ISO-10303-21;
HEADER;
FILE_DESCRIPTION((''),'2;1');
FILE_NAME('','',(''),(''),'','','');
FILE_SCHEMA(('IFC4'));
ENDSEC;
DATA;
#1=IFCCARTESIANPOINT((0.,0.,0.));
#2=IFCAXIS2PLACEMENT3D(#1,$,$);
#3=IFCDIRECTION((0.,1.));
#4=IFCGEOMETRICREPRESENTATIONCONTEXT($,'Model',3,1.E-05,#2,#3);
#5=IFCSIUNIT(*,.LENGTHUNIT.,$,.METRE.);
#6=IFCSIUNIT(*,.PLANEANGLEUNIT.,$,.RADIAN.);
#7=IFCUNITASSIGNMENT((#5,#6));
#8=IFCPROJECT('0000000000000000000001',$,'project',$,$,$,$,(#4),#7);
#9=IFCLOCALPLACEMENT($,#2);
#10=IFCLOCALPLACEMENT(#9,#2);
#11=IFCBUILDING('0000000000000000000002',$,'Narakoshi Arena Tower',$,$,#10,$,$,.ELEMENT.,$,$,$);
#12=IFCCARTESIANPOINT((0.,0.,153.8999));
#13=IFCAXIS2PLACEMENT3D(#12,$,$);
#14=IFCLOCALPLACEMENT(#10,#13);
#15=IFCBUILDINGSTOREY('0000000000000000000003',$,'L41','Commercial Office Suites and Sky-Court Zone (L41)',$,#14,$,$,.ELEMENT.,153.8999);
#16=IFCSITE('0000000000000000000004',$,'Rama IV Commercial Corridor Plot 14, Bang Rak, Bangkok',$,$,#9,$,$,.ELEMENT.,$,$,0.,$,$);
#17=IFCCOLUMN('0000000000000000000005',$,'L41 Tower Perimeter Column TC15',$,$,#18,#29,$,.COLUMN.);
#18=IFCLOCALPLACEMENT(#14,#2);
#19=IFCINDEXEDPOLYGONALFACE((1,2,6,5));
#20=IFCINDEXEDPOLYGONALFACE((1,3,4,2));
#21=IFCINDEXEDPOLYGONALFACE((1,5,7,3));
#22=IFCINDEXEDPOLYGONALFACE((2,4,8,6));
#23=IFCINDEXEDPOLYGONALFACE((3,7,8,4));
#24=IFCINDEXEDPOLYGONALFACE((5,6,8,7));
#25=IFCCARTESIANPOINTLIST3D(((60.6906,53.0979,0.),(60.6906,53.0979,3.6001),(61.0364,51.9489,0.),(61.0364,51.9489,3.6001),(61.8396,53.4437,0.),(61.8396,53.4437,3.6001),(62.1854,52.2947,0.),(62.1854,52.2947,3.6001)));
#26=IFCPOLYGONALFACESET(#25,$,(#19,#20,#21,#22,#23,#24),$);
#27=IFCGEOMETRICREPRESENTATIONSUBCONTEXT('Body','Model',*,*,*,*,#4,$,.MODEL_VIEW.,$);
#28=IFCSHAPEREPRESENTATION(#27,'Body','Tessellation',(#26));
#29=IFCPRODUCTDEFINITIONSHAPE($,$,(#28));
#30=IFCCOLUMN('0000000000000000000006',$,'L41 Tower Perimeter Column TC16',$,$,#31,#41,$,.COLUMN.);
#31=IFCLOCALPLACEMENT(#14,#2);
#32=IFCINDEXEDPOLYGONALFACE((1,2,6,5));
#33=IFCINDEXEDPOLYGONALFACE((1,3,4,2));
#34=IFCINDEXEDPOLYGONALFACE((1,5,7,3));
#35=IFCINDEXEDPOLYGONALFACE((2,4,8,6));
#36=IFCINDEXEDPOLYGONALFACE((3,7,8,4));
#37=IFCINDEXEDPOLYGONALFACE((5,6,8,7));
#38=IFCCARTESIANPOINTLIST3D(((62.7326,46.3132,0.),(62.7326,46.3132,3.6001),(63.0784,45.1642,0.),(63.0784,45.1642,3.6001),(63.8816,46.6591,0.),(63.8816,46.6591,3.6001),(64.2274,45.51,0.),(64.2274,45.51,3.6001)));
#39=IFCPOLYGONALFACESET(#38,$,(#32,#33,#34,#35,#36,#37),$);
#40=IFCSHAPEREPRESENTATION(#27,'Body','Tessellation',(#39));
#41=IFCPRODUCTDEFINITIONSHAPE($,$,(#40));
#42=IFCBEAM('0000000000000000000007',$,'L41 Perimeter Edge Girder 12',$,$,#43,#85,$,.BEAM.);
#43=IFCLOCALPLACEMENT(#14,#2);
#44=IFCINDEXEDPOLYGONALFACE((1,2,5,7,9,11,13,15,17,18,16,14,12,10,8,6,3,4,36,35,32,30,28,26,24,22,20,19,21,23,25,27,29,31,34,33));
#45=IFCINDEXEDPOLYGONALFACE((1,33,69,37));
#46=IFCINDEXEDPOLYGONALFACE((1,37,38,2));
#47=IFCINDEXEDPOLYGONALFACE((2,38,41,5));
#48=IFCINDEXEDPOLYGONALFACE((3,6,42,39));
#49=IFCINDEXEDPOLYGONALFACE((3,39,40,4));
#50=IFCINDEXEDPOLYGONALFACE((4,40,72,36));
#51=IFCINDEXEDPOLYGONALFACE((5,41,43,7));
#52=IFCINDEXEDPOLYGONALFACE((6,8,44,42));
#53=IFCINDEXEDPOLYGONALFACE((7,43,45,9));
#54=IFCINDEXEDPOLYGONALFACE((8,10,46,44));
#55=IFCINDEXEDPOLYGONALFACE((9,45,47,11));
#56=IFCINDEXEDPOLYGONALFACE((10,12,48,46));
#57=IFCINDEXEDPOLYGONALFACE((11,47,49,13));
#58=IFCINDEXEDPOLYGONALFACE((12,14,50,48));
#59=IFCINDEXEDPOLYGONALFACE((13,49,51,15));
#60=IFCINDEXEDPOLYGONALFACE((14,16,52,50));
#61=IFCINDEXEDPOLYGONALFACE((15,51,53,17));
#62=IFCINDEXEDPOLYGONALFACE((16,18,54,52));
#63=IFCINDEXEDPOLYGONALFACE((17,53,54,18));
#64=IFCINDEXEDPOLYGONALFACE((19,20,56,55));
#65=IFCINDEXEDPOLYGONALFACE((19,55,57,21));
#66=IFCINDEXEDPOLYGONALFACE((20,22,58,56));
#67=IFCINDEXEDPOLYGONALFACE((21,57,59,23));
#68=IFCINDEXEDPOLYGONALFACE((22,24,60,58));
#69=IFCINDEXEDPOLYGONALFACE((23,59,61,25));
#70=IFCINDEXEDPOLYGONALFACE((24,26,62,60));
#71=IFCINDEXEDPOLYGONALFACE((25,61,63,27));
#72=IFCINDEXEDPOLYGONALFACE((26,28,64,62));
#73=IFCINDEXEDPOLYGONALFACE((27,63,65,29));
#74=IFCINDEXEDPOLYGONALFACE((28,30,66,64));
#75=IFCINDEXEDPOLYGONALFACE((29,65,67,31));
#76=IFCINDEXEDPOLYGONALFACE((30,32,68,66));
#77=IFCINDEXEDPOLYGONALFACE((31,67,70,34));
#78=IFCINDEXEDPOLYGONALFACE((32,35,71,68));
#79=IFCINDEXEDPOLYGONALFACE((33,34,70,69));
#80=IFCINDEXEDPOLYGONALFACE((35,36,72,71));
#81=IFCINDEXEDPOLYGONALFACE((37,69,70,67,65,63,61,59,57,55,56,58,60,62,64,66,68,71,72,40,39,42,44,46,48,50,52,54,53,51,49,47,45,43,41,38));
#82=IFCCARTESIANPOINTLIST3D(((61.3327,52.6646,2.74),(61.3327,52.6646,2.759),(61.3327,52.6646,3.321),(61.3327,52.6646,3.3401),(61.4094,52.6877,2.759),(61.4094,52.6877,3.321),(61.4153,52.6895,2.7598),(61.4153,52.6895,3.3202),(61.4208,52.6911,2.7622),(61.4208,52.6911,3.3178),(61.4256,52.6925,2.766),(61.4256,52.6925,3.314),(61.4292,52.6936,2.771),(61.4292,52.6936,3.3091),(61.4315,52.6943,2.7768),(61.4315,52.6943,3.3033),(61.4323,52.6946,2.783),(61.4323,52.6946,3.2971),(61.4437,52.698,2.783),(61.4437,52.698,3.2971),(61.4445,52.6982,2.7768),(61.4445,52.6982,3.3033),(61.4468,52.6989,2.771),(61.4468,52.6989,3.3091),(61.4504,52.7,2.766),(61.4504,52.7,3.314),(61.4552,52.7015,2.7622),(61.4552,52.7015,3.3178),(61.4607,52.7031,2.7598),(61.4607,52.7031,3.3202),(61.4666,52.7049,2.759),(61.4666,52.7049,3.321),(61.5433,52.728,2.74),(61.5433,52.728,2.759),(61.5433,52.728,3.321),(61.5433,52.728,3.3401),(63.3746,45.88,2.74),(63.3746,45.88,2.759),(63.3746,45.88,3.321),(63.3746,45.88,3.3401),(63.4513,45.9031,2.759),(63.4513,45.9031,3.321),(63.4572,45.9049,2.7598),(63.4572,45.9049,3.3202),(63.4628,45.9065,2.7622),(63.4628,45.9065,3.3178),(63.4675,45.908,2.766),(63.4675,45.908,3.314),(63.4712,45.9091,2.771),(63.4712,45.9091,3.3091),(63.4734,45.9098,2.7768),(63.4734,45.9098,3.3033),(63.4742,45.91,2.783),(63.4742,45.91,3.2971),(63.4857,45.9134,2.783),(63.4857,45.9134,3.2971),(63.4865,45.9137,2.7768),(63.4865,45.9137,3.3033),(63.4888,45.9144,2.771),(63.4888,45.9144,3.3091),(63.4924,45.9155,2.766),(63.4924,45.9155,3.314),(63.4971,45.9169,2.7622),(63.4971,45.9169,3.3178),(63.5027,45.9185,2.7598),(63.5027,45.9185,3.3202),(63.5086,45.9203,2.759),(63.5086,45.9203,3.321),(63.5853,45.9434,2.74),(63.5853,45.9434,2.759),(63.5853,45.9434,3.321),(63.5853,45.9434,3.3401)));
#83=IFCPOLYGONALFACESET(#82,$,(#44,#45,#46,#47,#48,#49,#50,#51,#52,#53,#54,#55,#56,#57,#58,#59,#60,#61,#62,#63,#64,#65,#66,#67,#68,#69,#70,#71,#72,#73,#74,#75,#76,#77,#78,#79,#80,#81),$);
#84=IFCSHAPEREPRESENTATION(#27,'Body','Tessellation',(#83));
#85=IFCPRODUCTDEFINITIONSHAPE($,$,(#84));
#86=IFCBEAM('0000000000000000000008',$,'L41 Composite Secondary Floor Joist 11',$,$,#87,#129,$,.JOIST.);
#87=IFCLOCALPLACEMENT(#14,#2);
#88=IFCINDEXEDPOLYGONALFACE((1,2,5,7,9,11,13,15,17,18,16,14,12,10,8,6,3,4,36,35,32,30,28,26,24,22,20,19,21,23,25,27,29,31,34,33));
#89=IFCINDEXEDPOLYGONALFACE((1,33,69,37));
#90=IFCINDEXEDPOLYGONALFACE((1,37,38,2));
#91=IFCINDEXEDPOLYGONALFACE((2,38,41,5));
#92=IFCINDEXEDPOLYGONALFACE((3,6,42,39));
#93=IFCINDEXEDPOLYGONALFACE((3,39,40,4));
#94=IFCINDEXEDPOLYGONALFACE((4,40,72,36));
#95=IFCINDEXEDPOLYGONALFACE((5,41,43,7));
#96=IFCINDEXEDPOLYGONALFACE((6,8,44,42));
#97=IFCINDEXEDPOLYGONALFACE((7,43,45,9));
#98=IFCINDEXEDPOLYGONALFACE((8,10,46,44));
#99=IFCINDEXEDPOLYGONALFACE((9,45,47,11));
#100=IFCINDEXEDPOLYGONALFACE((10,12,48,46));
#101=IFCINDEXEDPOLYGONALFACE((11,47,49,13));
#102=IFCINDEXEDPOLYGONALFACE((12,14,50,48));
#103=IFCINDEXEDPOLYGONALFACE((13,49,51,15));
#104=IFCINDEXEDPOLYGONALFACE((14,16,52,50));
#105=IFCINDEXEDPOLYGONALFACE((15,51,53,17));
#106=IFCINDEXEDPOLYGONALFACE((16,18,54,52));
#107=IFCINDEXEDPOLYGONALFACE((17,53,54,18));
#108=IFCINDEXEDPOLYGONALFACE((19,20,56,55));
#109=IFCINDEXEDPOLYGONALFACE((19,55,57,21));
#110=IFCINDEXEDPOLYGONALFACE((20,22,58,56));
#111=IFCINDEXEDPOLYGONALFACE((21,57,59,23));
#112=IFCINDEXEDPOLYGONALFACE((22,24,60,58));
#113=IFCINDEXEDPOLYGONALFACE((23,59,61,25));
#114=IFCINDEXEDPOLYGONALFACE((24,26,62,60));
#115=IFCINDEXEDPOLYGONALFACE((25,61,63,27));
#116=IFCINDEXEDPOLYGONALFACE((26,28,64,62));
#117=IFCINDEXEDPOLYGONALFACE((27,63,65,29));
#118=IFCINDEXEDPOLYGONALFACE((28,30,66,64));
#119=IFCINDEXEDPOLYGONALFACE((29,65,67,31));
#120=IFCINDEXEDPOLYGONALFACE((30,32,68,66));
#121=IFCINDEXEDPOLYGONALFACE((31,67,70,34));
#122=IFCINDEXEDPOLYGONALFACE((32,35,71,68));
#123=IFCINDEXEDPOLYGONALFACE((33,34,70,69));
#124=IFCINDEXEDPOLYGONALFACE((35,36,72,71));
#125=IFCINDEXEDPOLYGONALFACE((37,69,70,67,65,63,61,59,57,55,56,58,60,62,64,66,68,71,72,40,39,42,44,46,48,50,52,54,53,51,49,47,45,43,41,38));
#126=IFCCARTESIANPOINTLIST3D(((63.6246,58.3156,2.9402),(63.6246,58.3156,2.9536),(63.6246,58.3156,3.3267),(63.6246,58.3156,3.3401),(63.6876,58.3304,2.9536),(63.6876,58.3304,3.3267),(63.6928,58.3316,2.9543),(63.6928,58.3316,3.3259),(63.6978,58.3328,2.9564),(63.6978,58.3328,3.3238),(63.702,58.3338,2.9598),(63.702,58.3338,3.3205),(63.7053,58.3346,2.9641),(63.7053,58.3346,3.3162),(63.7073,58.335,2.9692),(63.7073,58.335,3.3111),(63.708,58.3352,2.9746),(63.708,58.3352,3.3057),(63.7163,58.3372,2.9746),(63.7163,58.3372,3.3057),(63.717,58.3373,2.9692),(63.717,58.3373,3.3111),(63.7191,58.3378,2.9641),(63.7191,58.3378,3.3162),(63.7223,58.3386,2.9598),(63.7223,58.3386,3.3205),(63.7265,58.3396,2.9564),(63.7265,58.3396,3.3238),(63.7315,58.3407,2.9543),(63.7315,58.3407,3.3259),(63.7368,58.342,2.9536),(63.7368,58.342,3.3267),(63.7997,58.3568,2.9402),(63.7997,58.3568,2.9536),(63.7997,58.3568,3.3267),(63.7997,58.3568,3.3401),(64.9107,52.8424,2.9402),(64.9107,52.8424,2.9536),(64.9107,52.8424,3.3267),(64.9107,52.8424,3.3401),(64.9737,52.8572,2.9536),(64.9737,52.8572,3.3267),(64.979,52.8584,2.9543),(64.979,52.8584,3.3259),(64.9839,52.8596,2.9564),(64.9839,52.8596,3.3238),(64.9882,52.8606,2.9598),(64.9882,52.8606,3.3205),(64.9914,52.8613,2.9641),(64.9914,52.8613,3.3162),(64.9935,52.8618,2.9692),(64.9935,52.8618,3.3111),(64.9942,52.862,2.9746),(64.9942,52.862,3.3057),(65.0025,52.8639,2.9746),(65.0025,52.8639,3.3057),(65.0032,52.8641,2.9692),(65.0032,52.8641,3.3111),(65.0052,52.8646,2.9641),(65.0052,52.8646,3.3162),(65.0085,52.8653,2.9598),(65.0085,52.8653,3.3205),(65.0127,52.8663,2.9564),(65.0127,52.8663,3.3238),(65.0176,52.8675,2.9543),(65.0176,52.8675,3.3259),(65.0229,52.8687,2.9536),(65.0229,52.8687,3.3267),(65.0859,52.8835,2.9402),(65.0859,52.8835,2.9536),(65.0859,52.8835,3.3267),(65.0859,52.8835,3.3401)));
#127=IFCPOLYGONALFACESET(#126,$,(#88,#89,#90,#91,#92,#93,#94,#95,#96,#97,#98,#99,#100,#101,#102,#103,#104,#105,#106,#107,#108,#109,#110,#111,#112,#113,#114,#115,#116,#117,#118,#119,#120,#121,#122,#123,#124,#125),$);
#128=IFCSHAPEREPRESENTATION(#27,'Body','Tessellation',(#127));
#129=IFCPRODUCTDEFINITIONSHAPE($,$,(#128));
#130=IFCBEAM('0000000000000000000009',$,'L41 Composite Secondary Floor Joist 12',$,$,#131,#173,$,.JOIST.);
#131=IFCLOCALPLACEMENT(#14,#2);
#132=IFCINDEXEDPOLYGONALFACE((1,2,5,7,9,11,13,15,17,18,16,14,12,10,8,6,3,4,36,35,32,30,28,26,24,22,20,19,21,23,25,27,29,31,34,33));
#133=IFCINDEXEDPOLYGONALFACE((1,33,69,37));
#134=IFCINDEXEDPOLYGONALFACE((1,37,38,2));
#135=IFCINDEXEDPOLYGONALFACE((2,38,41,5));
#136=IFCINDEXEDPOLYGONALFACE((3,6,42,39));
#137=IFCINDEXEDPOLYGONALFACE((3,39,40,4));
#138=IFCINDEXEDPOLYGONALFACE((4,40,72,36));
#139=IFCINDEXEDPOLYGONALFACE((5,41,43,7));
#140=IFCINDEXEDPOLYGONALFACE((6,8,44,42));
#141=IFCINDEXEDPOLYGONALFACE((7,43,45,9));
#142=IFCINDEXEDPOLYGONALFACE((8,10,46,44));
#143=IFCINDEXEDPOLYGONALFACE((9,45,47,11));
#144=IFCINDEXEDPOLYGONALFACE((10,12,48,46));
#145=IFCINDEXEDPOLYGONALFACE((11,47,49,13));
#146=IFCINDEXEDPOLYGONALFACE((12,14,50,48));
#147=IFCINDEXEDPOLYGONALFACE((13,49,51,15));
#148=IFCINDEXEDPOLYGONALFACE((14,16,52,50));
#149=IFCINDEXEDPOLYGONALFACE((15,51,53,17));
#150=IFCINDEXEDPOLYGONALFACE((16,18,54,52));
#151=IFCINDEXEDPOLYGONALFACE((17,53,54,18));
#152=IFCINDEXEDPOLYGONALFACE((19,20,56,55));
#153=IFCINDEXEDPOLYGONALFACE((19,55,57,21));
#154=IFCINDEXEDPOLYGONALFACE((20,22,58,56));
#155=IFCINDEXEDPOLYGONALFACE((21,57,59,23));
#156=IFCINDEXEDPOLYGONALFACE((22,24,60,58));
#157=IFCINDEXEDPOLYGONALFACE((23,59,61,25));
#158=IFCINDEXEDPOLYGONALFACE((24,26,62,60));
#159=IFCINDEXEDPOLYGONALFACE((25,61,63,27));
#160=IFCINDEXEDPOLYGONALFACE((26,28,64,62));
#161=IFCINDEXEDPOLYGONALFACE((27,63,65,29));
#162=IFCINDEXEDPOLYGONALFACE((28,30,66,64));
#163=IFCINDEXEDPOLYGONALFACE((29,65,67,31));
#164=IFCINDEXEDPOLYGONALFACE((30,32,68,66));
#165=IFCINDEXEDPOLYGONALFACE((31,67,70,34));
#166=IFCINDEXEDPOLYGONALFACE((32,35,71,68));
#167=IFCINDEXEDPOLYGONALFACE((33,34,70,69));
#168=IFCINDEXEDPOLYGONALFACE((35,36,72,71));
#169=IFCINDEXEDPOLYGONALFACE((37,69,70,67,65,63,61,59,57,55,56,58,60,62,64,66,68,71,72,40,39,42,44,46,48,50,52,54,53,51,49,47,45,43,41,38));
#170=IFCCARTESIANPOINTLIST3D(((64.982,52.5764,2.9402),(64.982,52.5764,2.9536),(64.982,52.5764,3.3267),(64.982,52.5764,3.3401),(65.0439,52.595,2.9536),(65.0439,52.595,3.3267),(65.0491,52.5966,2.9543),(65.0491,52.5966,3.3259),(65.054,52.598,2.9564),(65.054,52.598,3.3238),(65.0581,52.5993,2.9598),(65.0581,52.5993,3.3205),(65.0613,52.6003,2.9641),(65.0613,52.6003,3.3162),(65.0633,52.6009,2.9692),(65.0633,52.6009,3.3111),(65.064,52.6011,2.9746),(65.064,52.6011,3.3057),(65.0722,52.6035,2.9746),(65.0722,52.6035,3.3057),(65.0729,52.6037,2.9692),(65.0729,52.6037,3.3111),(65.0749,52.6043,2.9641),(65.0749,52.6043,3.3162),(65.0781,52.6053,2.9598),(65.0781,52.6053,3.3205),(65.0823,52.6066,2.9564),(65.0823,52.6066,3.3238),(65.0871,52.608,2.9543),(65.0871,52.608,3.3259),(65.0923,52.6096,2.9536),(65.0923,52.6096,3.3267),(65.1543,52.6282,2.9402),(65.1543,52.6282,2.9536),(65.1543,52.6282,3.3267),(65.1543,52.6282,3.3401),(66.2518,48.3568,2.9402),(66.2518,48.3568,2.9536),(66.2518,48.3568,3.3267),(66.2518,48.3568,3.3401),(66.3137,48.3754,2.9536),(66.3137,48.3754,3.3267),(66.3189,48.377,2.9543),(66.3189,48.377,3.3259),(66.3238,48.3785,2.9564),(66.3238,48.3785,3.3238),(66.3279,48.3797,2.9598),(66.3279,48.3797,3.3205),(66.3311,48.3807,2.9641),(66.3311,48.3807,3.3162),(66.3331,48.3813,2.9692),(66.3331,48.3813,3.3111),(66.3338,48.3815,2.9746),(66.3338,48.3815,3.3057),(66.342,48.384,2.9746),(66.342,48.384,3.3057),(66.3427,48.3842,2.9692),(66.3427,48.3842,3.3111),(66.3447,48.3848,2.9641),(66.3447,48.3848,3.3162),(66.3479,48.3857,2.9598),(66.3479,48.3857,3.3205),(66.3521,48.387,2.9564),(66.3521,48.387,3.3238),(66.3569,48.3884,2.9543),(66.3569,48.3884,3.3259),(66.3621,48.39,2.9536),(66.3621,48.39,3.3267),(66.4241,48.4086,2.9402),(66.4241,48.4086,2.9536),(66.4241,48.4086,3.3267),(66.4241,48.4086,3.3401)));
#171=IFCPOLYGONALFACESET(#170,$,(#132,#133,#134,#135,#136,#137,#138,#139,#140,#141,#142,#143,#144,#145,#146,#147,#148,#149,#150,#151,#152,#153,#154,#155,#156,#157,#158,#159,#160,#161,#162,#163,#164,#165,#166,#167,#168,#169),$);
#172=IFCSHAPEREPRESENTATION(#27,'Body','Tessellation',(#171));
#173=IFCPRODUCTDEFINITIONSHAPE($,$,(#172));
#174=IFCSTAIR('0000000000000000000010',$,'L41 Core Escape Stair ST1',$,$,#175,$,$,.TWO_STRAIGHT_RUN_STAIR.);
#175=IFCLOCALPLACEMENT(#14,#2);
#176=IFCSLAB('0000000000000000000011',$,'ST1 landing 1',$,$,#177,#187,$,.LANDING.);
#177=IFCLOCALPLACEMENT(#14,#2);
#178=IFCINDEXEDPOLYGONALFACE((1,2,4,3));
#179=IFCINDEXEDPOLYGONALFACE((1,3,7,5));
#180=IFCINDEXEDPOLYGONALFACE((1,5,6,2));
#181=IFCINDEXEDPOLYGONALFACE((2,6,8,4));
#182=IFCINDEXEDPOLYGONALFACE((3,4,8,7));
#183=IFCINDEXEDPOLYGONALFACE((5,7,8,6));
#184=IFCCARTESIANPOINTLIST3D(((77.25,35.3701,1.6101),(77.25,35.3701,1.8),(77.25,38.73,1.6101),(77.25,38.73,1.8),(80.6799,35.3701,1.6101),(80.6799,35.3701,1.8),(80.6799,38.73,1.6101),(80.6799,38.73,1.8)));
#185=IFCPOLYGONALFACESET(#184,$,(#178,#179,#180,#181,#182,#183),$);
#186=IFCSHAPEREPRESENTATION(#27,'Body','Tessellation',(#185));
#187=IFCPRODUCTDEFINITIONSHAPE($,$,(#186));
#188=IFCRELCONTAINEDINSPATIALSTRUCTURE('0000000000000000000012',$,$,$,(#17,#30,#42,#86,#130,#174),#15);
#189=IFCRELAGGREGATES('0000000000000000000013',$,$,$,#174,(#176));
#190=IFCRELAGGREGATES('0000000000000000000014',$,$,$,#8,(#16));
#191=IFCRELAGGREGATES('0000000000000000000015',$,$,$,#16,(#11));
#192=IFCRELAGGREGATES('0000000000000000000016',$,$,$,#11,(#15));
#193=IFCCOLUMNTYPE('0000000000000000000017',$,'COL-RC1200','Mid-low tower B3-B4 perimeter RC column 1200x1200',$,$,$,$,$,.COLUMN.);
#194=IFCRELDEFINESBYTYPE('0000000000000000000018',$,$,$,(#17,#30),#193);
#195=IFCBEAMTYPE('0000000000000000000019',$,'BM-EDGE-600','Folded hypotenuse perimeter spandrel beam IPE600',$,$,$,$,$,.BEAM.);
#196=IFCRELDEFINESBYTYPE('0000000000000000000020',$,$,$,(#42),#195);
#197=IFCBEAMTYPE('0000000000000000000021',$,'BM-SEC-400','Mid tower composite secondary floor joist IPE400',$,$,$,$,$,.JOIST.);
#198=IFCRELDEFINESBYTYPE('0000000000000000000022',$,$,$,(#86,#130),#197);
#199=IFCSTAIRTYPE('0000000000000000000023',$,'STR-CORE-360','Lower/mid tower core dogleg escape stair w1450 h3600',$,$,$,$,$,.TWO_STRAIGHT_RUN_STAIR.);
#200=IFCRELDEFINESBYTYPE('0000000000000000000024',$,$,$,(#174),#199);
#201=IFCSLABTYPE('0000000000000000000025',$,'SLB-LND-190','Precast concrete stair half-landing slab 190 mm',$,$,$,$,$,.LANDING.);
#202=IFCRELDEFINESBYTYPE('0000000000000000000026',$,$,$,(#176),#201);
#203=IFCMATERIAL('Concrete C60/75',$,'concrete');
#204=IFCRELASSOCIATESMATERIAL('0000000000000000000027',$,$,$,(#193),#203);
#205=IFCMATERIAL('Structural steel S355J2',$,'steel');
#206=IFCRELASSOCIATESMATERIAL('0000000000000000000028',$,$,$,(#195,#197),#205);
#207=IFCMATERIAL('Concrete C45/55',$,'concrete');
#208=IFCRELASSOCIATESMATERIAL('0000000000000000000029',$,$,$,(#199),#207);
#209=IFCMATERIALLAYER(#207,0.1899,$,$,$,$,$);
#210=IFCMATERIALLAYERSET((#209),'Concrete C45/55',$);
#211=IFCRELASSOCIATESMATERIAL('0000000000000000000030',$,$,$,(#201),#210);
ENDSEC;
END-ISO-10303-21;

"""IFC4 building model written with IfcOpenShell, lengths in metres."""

from ifc_helpers import new_model, si_unit, direction, frame, origin, origin_2d, place, context, subcontext, project, spatial, polyline, rectangle, i_section, outline, extrude, material, layer, layer_set, material_profile, profile_set, type_object, element, aggregate, save


model = new_model("IFC4")

# Units and contexts
model_context = context("Model", 3, precision=1e-05, world=origin(), true_north=direction((0.0, 1.0)))
body_context = subcontext(model_context, "Body", "Model", "MODEL_VIEW")
ifc_project = project(units=[si_unit("LENGTHUNIT", "METRE"), si_unit("PLANEANGLEUNIT", "RADIAN")], contexts=[model_context])

# Site, building, storey
site_placement = place(None, origin())
site = spatial("IfcSite", under=ifc_project, at=site_placement, Name="Rama IV Commercial Corridor Plot 14, Bang Rak, Bangkok", CompositionType="ELEMENT", RefElevation=0.0)
building_placement = place(site_placement, origin())
building = spatial("IfcBuilding", under=site, at=building_placement, Name="Narakoshi Arena Tower", CompositionType="ELEMENT")
storey_placement = place(building_placement, frame((0.0, 0.0, 153.8999)))
storey = spatial("IfcBuildingStorey", under=building, at=storey_placement, Name="L41", Description="Commercial Office Suites and Sky-Court Zone (L41)", CompositionType="ELEMENT", Elevation=153.8999)

# Columns
ifc_material_1 = material(Name="Concrete C60/75", Category="concrete")
ifc_material_profile_1 = material_profile(ifc_material_1, rectangle(XDim=1.2, YDim=1.2, at=origin_2d()), Name="RC1200x1200")
ifc_profile_set_1 = profile_set([ifc_material_profile_1], Name="Concrete C60/75")
column_type = type_object("IfcColumnType", Name="COL-RC1200", Description="Mid-low tower B3-B4 perimeter RC column 1200x1200", PredefinedType="COLUMN", material=ifc_profile_set_1)
for number, where, z_axis, x_axis, name in (
    (1, (61.438, 52.6963, 0.0), (0.0, 0.0, 1.0), (-0.288196, 0.957571, 0.0), "L41 Tower Perimeter Column TC15"),
    (2, (63.48, 45.9116, 0.0), (0.0, 0.0, 1.0), (-0.288196, 0.957571, 0.0), "L41 Tower Perimeter Column TC16"),
):
    element("IfcColumn", number, at=place(storey_placement, frame(where, z_axis=z_axis, x_axis=x_axis)), inside=storey, type_object=column_type, Name=name, PredefinedType="COLUMN", context=body_context, shape_type="SweptSolid", body=[
        extrude(rectangle(XDim=1.2, YDim=1.2, at=origin_2d()), origin(), (0.0, 0.0, 1.0), 3.6001),
    ])

# Beams
ifc_material_2 = material(Name="Structural steel S355J2", Category="steel")
ifc_material_profile_2 = material_profile(ifc_material_2, i_section(OverallWidth=0.22, OverallDepth=0.6001, WebThickness=0.012, FlangeThickness=0.019, FilletRadius=0.0239, at=origin_2d()), Name="IPE600")
ifc_profile_set_2 = profile_set([ifc_material_profile_2], Name="Structural steel S355J2")
beam_type_1 = type_object("IfcBeamType", Name="BM-EDGE-600", Description="Folded hypotenuse perimeter spandrel beam IPE600", PredefinedType="BEAM", material=ifc_profile_set_2)
beam_1_placement = place(storey_placement, frame((61.438, 52.6963, 3.04), z_axis=(0.288201, -0.95757, 0.0), x_axis=(0.95757, 0.288201, 0.0)))
element("IfcBeam", 3, at=beam_1_placement, inside=storey, type_object=beam_type_1, Name="L41 Perimeter Edge Girder 12", PredefinedType="BEAM", context=body_context, shape_type="SweptSolid", body=[
    extrude(i_section(OverallWidth=0.22, OverallDepth=0.6001, WebThickness=0.012, FlangeThickness=0.019, FilletRadius=0.0239, at=origin_2d()), origin(), (0.0, 0.0, 1.0), 7.0852),
])
ifc_material_profile_3 = material_profile(ifc_material_2, i_section(OverallWidth=0.1799, OverallDepth=0.3999, WebThickness=0.0085, FlangeThickness=0.0134, FilletRadius=0.021, at=origin_2d()), Name="IPE400")
ifc_profile_set_3 = profile_set([ifc_material_profile_3], Name="Structural steel S355J2")
beam_type_2 = type_object("IfcBeamType", Name="BM-SEC-400", Description="Mid tower composite secondary floor joist IPE400", PredefinedType="JOIST", material=ifc_profile_set_3)
beam_2_placement = place(storey_placement, frame((63.7122, 58.3362, 3.1401), z_axis=(0.228759, -0.973483, 0.0), x_axis=(0.973483, 0.228759, 0.0)))
element("IfcBeam", 4, at=beam_2_placement, inside=storey, type_object=beam_type_2, Name="L41 Composite Secondary Floor Joist 11", PredefinedType="JOIST", context=body_context, shape_type="SweptSolid", body=[
    extrude(i_section(OverallWidth=0.1799, OverallDepth=0.3999, WebThickness=0.0085, FlangeThickness=0.0134, FilletRadius=0.021, at=origin_2d()), origin(), (0.0, 0.0, 1.0), 5.6223),
])
beam_3_placement = place(storey_placement, frame((65.0681, 52.6023, 3.1401), z_axis=(0.288166, -0.95758, 0.0), x_axis=(0.95758, 0.288166, 0.0)))
element("IfcBeam", 5, at=beam_3_placement, inside=storey, type_object=beam_type_2, Name="L41 Composite Secondary Floor Joist 12", PredefinedType="JOIST", context=body_context, shape_type="SweptSolid", body=[
    extrude(i_section(OverallWidth=0.1799, OverallDepth=0.3999, WebThickness=0.0085, FlangeThickness=0.0134, FilletRadius=0.021, at=origin_2d()), origin(), (0.0, 0.0, 1.0), 4.4065),
])

# Stair, slab
ifc_material_3 = material(Name="Concrete C45/55", Category="concrete")
stair_type = type_object("IfcStairType", Name="STR-CORE-360", Description="Lower/mid tower core dogleg escape stair w1450 h3600", PredefinedType="TWO_STRAIGHT_RUN_STAIR", material=ifc_material_3)
stair_1_placement = place(storey_placement, origin())
stair_1 = element("IfcStair", 6, at=stair_1_placement, inside=storey, type_object=stair_type, Name="L41 Core Escape Stair ST1", PredefinedType="TWO_STRAIGHT_RUN_STAIR")
ifc_layer_1 = layer(ifc_material_3, 0.1899)
ifc_layer_set_1 = layer_set([ifc_layer_1], Name="Concrete C45/55")
slab_type_1 = type_object("IfcSlabType", Name="SLB-LND-190", Description="Precast concrete stair half-landing slab 190 mm", PredefinedType="LANDING", material=ifc_layer_set_1)
slab_1_placement = place(storey_placement, frame((0.0, 0.0, 1.6101)))
slab_1 = element("IfcSlab", 7, at=slab_1_placement, type_object=slab_type_1, Name="ST1 landing 1", PredefinedType="LANDING", context=body_context, shape_type="SweptSolid", body=[
    extrude(outline(polyline([(77.25, 35.3701), (80.6799, 35.3701), (80.6799, 38.73), (77.25, 38.73), (77.25, 35.3701)])), origin(), (0.0, 0.0, 1.0), 0.1899),
])
aggregate(stair_1, [slab_1])

save(model, "model.ifc")
